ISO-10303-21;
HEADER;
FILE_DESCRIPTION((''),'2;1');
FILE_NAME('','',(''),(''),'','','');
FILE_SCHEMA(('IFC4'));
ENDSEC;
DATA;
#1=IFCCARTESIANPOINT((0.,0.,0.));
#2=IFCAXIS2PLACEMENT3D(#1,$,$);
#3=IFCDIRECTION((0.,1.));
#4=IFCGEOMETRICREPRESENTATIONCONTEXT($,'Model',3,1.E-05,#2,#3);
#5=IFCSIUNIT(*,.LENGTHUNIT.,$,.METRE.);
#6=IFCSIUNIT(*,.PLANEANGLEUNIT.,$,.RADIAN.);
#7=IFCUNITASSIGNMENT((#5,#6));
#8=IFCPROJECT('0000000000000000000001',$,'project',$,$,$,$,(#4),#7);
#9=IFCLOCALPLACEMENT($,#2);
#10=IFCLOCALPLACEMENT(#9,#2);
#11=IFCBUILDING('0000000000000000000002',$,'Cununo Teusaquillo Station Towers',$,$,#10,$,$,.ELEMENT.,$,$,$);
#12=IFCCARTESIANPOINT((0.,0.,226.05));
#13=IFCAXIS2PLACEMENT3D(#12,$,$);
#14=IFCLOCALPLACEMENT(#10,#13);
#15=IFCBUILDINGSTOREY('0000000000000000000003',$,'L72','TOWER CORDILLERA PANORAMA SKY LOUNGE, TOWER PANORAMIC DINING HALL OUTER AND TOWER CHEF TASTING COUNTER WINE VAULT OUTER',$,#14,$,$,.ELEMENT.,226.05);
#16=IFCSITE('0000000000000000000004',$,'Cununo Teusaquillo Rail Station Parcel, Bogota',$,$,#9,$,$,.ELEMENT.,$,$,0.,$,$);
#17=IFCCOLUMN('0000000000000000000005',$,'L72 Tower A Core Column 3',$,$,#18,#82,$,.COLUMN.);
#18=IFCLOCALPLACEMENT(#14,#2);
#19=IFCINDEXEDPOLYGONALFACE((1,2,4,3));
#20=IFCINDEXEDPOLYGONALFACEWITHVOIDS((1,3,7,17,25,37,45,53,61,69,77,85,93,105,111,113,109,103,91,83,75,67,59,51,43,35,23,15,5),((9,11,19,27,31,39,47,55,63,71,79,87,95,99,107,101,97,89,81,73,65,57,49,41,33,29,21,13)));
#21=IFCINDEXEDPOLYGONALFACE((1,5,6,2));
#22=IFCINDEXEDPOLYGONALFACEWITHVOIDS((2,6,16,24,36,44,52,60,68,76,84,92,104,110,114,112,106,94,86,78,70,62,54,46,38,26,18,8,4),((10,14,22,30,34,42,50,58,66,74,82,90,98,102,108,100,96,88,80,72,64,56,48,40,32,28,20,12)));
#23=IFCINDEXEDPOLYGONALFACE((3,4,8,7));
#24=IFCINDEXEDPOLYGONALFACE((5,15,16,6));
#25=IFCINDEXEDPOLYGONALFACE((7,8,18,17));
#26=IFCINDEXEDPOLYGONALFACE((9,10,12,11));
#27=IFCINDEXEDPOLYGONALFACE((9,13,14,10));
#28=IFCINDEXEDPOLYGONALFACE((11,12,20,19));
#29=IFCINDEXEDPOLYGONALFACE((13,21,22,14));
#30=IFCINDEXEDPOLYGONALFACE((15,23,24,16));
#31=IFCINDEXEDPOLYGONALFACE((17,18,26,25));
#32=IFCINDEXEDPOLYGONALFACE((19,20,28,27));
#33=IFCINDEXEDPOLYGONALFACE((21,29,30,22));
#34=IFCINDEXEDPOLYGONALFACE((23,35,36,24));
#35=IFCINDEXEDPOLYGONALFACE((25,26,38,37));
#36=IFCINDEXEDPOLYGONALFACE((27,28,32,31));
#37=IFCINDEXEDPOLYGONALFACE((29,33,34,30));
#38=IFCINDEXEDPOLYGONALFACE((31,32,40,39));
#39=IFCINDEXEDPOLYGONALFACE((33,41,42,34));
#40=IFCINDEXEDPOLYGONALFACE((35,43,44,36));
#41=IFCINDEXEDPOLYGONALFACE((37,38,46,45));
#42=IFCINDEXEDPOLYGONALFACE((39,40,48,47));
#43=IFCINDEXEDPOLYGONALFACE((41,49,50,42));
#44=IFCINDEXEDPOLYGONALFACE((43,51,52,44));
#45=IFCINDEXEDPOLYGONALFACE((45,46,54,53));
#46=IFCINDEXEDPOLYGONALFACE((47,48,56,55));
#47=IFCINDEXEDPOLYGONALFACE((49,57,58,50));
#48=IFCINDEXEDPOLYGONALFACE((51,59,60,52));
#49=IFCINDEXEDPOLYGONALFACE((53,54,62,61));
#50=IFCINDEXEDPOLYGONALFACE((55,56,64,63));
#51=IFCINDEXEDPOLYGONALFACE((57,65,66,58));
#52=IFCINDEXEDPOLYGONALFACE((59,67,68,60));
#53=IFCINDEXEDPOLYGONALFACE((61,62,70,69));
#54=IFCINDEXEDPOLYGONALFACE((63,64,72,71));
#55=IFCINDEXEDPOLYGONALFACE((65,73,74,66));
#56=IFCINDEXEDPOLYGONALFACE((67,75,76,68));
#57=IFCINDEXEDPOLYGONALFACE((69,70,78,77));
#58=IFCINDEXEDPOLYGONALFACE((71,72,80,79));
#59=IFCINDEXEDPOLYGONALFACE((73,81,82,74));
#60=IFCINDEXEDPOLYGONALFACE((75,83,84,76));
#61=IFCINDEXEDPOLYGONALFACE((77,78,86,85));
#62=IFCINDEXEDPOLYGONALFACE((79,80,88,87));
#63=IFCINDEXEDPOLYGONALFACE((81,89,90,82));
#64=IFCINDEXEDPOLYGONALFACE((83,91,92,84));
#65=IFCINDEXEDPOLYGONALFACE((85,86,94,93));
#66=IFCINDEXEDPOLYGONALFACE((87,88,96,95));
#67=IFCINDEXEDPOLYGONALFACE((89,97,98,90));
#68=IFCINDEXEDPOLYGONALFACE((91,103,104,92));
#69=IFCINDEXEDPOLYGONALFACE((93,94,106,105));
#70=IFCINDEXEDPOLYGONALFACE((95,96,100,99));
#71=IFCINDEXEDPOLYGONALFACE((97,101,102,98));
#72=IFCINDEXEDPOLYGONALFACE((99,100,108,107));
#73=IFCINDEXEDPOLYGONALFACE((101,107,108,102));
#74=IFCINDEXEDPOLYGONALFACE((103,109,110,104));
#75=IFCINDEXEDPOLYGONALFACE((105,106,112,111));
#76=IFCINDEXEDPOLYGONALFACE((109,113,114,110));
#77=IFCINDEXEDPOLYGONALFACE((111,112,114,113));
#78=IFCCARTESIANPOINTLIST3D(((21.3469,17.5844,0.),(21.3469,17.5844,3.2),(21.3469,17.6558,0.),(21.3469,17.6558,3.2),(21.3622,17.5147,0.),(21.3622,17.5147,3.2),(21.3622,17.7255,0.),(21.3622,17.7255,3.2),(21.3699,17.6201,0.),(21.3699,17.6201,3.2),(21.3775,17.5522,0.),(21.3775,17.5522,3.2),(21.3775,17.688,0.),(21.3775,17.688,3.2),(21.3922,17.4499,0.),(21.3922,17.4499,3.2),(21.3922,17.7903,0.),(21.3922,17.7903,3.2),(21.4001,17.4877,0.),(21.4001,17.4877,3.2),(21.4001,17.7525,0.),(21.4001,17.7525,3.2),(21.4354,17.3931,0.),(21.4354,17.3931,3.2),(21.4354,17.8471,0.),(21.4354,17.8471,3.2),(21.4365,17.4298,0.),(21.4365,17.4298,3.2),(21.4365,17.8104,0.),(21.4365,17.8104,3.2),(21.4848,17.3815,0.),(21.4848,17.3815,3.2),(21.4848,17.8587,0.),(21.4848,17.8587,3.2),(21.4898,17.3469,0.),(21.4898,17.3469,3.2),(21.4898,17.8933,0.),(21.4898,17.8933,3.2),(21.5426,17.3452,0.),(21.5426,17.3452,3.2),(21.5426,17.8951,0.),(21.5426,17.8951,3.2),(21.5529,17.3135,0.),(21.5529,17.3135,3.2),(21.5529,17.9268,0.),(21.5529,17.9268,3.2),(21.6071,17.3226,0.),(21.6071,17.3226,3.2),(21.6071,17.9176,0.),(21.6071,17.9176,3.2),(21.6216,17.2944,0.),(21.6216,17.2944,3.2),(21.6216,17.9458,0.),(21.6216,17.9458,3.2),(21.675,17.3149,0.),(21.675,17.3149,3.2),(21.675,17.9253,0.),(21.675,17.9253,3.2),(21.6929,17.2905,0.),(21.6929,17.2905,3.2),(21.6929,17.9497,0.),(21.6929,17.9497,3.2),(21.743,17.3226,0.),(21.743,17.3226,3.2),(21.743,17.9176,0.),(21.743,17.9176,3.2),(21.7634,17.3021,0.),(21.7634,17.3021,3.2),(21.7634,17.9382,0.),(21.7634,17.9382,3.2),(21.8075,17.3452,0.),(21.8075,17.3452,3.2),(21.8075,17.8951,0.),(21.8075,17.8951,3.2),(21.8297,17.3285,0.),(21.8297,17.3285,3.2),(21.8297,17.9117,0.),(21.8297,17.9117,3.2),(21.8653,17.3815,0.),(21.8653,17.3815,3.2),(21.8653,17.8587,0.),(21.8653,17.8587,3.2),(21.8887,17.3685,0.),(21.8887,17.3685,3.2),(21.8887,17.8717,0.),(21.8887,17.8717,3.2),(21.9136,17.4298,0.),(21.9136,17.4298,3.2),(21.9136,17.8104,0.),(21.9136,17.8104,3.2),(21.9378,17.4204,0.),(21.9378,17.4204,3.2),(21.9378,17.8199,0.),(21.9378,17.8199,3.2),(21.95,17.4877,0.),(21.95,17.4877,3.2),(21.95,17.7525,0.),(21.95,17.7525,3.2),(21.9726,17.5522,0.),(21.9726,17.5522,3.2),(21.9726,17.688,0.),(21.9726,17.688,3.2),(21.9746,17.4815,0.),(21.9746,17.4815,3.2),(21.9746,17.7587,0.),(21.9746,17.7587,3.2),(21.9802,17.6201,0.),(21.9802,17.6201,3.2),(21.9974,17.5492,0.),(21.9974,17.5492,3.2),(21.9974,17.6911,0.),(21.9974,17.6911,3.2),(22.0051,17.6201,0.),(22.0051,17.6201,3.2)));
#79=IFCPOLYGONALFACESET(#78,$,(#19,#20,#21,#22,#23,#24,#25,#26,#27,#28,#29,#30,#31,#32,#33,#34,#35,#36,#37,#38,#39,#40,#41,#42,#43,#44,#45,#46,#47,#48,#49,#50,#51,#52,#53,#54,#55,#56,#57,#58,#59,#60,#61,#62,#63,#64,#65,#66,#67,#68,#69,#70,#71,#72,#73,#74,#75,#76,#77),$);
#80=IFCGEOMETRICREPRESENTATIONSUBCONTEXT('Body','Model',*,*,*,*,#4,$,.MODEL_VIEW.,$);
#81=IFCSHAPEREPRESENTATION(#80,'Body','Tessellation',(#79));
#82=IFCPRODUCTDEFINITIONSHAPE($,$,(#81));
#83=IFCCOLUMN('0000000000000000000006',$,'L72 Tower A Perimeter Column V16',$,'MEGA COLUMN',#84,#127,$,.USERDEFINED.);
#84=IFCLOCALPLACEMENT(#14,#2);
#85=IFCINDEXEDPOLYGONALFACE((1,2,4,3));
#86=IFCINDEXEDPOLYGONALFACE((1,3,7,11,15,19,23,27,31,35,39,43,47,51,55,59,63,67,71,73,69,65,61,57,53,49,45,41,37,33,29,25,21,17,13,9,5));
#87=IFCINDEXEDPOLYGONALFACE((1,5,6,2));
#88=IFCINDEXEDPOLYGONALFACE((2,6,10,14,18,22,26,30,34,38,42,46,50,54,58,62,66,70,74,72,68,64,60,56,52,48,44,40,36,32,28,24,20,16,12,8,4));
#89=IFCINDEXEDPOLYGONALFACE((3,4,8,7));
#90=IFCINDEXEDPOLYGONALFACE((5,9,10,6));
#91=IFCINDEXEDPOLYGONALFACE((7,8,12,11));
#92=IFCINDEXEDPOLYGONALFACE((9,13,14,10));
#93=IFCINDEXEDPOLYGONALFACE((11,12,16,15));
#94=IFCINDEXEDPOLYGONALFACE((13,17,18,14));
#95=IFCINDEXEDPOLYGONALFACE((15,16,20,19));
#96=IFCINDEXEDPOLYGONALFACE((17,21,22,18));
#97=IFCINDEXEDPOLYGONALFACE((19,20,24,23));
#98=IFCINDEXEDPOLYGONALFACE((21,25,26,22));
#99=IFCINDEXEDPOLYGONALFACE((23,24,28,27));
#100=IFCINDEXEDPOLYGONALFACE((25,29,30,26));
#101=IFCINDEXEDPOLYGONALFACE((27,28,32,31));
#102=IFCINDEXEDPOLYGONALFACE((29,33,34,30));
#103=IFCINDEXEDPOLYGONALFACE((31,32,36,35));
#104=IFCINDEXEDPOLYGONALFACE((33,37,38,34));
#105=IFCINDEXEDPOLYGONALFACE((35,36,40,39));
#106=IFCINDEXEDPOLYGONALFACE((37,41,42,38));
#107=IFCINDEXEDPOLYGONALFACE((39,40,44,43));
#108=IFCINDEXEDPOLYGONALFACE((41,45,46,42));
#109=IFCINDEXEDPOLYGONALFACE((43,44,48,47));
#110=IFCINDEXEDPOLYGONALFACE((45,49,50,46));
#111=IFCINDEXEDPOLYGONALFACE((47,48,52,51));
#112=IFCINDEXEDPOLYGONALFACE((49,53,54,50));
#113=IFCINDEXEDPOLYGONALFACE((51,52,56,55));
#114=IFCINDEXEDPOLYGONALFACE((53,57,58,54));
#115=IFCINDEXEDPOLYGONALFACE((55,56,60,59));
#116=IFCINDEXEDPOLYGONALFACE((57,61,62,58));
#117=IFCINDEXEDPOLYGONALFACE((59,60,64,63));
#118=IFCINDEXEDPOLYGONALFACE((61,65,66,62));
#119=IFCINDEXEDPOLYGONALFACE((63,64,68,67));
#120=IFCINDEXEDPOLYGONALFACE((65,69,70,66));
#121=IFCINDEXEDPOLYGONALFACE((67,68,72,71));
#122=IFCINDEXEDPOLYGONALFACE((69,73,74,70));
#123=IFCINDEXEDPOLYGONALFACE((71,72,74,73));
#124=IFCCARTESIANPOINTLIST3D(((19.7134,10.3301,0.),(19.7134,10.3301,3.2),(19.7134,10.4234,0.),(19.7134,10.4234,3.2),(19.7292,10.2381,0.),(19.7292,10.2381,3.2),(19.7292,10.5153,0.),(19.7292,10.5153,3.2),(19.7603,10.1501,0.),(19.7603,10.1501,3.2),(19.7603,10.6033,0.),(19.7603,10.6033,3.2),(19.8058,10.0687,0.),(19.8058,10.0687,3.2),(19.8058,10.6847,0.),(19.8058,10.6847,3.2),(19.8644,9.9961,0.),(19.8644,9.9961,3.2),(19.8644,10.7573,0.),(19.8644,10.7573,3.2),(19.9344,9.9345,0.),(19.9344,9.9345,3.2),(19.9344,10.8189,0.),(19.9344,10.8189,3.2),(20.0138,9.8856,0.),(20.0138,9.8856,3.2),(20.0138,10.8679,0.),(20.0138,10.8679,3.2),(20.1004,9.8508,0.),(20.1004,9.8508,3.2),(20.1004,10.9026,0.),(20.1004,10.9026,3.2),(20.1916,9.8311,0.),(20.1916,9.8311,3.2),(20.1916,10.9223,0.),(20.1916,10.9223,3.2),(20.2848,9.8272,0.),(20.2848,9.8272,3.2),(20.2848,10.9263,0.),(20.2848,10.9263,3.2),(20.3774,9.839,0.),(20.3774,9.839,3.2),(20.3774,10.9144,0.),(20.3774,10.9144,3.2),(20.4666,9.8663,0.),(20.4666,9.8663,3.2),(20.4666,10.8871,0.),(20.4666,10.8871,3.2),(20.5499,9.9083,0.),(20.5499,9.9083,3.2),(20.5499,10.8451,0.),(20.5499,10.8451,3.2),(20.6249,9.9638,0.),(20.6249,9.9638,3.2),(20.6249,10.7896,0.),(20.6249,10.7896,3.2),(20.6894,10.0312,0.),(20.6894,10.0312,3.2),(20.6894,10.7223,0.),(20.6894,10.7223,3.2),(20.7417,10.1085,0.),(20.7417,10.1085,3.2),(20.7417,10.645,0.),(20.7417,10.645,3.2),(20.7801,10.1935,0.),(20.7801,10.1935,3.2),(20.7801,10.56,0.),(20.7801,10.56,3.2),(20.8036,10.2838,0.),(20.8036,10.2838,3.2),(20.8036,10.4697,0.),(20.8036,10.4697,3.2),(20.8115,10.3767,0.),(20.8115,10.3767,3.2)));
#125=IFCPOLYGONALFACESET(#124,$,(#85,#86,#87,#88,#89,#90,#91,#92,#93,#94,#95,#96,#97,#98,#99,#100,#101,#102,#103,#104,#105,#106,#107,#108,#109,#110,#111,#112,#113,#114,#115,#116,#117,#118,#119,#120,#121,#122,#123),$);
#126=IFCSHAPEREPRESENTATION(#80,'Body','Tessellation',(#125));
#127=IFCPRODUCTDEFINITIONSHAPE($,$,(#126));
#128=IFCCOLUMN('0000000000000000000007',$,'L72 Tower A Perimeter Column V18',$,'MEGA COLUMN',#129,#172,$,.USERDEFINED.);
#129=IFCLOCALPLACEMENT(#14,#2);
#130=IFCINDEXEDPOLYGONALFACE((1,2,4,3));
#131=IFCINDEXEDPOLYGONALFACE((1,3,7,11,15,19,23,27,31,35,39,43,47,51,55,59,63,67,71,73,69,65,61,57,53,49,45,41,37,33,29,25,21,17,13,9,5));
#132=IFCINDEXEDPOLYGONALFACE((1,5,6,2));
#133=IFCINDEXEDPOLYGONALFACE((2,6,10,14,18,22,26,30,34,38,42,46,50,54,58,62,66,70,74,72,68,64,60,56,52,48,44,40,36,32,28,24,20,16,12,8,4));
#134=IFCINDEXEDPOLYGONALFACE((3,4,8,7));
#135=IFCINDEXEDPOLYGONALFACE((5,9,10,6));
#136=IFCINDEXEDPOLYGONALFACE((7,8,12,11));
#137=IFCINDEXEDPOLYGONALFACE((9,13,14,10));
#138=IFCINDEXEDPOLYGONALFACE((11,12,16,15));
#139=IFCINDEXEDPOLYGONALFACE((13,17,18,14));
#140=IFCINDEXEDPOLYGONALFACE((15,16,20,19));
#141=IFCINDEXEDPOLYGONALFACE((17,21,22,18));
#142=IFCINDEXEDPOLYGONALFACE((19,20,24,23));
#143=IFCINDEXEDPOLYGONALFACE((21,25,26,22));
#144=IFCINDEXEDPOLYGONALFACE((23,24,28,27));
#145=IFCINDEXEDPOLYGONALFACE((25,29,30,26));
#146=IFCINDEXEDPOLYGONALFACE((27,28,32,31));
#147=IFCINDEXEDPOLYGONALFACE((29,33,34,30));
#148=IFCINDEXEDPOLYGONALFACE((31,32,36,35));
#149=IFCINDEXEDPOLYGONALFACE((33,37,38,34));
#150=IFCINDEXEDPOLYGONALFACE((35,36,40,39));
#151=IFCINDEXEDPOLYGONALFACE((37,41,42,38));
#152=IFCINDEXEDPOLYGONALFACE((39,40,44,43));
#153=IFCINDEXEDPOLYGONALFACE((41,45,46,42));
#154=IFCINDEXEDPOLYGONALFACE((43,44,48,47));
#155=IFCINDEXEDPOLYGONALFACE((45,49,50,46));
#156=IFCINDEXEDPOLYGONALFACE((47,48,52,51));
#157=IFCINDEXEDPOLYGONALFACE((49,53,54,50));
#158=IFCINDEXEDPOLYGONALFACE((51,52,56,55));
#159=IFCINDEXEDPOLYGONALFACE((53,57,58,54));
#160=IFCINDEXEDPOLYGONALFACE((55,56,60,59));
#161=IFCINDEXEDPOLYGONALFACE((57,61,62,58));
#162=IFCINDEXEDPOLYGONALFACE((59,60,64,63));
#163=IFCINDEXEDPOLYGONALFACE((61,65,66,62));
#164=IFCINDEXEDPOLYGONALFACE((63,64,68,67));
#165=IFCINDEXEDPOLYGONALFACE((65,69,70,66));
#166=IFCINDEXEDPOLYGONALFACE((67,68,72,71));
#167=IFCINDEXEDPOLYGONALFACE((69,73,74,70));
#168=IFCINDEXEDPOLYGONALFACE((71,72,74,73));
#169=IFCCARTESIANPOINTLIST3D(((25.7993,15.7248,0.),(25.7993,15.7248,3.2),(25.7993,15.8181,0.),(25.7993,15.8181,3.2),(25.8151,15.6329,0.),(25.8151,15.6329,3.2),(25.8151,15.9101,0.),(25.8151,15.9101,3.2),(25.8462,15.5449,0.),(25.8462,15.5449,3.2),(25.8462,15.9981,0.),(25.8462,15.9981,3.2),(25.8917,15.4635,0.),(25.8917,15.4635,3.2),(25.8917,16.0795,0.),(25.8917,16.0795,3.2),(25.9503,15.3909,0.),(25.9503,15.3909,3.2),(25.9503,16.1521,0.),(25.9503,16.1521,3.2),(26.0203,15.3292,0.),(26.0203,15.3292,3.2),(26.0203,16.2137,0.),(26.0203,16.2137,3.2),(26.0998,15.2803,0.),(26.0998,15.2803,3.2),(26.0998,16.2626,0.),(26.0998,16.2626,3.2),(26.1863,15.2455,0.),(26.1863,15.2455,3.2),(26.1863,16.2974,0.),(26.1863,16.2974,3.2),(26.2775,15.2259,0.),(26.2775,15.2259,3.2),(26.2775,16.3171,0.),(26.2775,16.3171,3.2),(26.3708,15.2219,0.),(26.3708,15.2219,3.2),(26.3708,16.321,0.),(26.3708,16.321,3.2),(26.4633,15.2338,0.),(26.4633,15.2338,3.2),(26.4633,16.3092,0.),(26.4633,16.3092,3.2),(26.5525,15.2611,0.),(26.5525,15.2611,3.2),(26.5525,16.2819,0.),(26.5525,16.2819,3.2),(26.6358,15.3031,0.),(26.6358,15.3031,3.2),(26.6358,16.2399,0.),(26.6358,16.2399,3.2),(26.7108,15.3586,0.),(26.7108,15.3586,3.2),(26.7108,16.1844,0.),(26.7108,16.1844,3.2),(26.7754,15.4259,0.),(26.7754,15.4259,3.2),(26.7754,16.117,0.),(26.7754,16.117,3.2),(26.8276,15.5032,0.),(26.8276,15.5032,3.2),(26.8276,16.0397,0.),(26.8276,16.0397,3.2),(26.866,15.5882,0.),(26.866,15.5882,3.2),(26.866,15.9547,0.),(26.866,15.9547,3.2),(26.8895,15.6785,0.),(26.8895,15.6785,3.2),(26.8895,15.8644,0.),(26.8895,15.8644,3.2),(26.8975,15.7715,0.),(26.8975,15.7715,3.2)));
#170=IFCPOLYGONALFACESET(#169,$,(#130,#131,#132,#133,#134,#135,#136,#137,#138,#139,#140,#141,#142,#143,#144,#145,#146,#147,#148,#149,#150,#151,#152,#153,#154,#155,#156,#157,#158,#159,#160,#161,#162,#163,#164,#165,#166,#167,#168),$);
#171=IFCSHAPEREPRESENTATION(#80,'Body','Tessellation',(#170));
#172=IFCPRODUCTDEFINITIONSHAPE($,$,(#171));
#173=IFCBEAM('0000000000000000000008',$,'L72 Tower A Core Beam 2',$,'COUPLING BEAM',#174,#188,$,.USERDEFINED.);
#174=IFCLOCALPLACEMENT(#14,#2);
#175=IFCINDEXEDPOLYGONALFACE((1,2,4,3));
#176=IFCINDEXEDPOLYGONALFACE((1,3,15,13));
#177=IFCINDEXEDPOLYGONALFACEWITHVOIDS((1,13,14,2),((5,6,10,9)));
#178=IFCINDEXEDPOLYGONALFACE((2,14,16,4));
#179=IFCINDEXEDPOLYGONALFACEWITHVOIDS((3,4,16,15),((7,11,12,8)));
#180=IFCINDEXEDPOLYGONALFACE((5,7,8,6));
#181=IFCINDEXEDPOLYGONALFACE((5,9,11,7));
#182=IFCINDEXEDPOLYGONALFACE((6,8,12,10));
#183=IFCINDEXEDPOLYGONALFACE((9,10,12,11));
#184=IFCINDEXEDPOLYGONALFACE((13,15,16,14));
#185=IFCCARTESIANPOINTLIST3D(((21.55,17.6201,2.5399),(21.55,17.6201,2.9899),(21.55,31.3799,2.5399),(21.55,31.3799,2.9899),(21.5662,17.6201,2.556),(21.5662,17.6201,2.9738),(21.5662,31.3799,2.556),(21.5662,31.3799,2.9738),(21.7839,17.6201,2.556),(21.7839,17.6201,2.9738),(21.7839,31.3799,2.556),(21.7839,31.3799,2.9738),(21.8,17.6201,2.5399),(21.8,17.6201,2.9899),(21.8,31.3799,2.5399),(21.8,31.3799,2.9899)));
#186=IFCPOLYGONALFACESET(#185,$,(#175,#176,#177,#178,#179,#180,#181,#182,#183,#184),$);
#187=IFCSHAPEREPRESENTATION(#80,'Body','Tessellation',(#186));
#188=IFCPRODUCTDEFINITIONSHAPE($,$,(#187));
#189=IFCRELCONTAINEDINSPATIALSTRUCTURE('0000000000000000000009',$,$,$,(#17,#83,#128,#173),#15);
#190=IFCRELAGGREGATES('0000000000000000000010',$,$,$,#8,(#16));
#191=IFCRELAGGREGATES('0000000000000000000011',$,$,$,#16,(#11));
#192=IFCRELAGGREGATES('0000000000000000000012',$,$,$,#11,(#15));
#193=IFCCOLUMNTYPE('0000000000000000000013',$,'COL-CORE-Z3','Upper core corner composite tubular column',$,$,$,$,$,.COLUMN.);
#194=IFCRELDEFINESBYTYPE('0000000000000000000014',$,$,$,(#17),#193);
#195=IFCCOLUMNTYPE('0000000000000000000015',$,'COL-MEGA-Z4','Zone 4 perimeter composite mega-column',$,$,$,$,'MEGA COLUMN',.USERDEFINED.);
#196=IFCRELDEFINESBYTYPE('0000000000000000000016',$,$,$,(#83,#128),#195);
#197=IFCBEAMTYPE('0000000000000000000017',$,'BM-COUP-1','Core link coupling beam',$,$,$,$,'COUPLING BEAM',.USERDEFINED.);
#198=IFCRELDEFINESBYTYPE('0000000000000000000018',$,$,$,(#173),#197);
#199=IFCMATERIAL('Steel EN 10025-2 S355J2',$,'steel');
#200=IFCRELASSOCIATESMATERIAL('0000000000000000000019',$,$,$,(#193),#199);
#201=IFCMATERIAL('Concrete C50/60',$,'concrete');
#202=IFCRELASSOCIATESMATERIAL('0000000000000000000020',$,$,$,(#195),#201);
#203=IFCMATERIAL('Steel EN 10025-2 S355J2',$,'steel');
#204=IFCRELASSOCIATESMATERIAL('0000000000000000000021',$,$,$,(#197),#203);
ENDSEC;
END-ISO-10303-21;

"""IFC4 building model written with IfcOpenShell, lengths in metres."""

from ifc_helpers import new_model, si_unit, direction, frame, origin, origin_2d, place, context, subcontext, project, spatial, hollow_rectangle, circle, hollow_circle, extrude, material, material_profile, profile_set, type_object, element, save


model = new_model("IFC4")

# Units and contexts
model_context = context("Model", 3, precision=1e-05, world=origin(), true_north=direction((0.0, 1.0)))
body_context = subcontext(model_context, "Body", "Model", "MODEL_VIEW")
ifc_project = project(units=[si_unit("LENGTHUNIT", "METRE"), si_unit("PLANEANGLEUNIT", "RADIAN")], contexts=[model_context])

# Site, building, storey
site_placement = place(None, origin())
site = spatial("IfcSite", under=ifc_project, at=site_placement, Name="Cununo Teusaquillo Rail Station Parcel, Bogota", CompositionType="ELEMENT", RefElevation=0.0)
building_placement = place(site_placement, origin())
building = spatial("IfcBuilding", under=site, at=building_placement, Name="Cununo Teusaquillo Station Towers", CompositionType="ELEMENT")
storey_placement = place(building_placement, frame((0.0, 0.0, 226.05)))
storey = spatial("IfcBuildingStorey", under=building, at=storey_placement, Name="L72", Description="TOWER CORDILLERA PANORAMA SKY LOUNGE, TOWER PANORAMIC DINING HALL OUTER AND TOWER CHEF TASTING COUNTER WINE VAULT OUTER", CompositionType="ELEMENT", Elevation=226.05)

# Columns
ifc_material_1 = material(Name="Steel EN 10025-2 S355J2", Category="steel")
ifc_material_profile_1 = material_profile(ifc_material_1, hollow_circle(Radius=0.3301, WallThickness=0.0249, at=origin_2d()), Name="CHS 660x25")
ifc_profile_set_1 = profile_set([ifc_material_profile_1], Name="Steel EN 10025-2 S355J2")
column_type_1 = type_object("IfcColumnType", Name="COL-CORE-Z3", Description="Upper core corner composite tubular column", PredefinedType="COLUMN", material=ifc_profile_set_1)
column_placement = place(storey_placement, frame((21.675, 17.6201, 0.0), z_axis=(0.0, 0.0, 1.0), x_axis=(1.0, 0.0, 0.0)))
element("IfcColumn", 1, at=column_placement, inside=storey, type_object=column_type_1, Name="L72 Tower A Core Column 3", PredefinedType="COLUMN", context=body_context, shape_type="SweptSolid", body=[
    extrude(hollow_circle(Radius=0.3301, WallThickness=0.0249, at=origin_2d()), origin(), (0.0, 0.0, 1.0), 3.2),
])
ifc_material_2 = material(Name="Concrete C50/60", Category="concrete")
ifc_material_profile_2 = material_profile(ifc_material_2, circle(Radius=0.55, at=origin_2d()), Name="RC-CIRC-1100")
ifc_profile_set_2 = profile_set([ifc_material_profile_2], Name="Concrete C50/60")
column_type_2 = type_object("IfcColumnType", Name="COL-MEGA-Z4", Description="Zone 4 perimeter composite mega-column", ElementType="MEGA COLUMN", PredefinedType="USERDEFINED", material=ifc_profile_set_2)
for number, where, z_axis, x_axis, name in (
    (2, (20.2615, 10.3767, 0.0), (0.0, 0.0, 1.0), (1.0, 0.0, 0.0), "L72 Tower A Perimeter Column V16"),
    (3, (26.3474, 15.7715, 0.0), (0.0, 0.0, 1.0), (1.0, 0.0, 0.0), "L72 Tower A Perimeter Column V18"),
):
    element("IfcColumn", number, at=place(storey_placement, frame(where, z_axis=z_axis, x_axis=x_axis)), inside=storey, type_object=column_type_2, Name=name, ObjectType="MEGA COLUMN", PredefinedType="USERDEFINED", context=body_context, shape_type="SweptSolid", body=[
        extrude(circle(Radius=0.55, at=origin_2d()), origin(), (0.0, 0.0, 1.0), 3.2),
    ])

# Beam
ifc_material_3 = material(Name="Steel EN 10025-2 S355J2", Category="steel")
ifc_material_profile_3 = material_profile(ifc_material_3, hollow_rectangle(XDim=0.25, YDim=0.45, WallThickness=0.0161, at=origin_2d()), Name="RHS 450x250x16")
ifc_profile_set_3 = profile_set([ifc_material_profile_3], Name="Steel EN 10025-2 S355J2")
beam_type_1 = type_object("IfcBeamType", Name="BM-COUP-1", Description="Core link coupling beam", ElementType="COUPLING BEAM", PredefinedType="USERDEFINED", material=ifc_profile_set_3)
beam_1_placement = place(storey_placement, frame((21.675, 17.6201, 2.7649), z_axis=(0.0, 1.0, 0.0), x_axis=(-1.0, 0.0, 0.0)))
element("IfcBeam", 4, at=beam_1_placement, inside=storey, type_object=beam_type_1, Name="L72 Tower A Core Beam 2", ObjectType="COUPLING BEAM", PredefinedType="USERDEFINED", context=body_context, shape_type="SweptSolid", body=[
    extrude(hollow_rectangle(XDim=0.25, YDim=0.45, WallThickness=0.0161, at=origin_2d()), origin(), (0.0, 0.0, 1.0), 13.7598),
])

save(model, "model.ifc")
